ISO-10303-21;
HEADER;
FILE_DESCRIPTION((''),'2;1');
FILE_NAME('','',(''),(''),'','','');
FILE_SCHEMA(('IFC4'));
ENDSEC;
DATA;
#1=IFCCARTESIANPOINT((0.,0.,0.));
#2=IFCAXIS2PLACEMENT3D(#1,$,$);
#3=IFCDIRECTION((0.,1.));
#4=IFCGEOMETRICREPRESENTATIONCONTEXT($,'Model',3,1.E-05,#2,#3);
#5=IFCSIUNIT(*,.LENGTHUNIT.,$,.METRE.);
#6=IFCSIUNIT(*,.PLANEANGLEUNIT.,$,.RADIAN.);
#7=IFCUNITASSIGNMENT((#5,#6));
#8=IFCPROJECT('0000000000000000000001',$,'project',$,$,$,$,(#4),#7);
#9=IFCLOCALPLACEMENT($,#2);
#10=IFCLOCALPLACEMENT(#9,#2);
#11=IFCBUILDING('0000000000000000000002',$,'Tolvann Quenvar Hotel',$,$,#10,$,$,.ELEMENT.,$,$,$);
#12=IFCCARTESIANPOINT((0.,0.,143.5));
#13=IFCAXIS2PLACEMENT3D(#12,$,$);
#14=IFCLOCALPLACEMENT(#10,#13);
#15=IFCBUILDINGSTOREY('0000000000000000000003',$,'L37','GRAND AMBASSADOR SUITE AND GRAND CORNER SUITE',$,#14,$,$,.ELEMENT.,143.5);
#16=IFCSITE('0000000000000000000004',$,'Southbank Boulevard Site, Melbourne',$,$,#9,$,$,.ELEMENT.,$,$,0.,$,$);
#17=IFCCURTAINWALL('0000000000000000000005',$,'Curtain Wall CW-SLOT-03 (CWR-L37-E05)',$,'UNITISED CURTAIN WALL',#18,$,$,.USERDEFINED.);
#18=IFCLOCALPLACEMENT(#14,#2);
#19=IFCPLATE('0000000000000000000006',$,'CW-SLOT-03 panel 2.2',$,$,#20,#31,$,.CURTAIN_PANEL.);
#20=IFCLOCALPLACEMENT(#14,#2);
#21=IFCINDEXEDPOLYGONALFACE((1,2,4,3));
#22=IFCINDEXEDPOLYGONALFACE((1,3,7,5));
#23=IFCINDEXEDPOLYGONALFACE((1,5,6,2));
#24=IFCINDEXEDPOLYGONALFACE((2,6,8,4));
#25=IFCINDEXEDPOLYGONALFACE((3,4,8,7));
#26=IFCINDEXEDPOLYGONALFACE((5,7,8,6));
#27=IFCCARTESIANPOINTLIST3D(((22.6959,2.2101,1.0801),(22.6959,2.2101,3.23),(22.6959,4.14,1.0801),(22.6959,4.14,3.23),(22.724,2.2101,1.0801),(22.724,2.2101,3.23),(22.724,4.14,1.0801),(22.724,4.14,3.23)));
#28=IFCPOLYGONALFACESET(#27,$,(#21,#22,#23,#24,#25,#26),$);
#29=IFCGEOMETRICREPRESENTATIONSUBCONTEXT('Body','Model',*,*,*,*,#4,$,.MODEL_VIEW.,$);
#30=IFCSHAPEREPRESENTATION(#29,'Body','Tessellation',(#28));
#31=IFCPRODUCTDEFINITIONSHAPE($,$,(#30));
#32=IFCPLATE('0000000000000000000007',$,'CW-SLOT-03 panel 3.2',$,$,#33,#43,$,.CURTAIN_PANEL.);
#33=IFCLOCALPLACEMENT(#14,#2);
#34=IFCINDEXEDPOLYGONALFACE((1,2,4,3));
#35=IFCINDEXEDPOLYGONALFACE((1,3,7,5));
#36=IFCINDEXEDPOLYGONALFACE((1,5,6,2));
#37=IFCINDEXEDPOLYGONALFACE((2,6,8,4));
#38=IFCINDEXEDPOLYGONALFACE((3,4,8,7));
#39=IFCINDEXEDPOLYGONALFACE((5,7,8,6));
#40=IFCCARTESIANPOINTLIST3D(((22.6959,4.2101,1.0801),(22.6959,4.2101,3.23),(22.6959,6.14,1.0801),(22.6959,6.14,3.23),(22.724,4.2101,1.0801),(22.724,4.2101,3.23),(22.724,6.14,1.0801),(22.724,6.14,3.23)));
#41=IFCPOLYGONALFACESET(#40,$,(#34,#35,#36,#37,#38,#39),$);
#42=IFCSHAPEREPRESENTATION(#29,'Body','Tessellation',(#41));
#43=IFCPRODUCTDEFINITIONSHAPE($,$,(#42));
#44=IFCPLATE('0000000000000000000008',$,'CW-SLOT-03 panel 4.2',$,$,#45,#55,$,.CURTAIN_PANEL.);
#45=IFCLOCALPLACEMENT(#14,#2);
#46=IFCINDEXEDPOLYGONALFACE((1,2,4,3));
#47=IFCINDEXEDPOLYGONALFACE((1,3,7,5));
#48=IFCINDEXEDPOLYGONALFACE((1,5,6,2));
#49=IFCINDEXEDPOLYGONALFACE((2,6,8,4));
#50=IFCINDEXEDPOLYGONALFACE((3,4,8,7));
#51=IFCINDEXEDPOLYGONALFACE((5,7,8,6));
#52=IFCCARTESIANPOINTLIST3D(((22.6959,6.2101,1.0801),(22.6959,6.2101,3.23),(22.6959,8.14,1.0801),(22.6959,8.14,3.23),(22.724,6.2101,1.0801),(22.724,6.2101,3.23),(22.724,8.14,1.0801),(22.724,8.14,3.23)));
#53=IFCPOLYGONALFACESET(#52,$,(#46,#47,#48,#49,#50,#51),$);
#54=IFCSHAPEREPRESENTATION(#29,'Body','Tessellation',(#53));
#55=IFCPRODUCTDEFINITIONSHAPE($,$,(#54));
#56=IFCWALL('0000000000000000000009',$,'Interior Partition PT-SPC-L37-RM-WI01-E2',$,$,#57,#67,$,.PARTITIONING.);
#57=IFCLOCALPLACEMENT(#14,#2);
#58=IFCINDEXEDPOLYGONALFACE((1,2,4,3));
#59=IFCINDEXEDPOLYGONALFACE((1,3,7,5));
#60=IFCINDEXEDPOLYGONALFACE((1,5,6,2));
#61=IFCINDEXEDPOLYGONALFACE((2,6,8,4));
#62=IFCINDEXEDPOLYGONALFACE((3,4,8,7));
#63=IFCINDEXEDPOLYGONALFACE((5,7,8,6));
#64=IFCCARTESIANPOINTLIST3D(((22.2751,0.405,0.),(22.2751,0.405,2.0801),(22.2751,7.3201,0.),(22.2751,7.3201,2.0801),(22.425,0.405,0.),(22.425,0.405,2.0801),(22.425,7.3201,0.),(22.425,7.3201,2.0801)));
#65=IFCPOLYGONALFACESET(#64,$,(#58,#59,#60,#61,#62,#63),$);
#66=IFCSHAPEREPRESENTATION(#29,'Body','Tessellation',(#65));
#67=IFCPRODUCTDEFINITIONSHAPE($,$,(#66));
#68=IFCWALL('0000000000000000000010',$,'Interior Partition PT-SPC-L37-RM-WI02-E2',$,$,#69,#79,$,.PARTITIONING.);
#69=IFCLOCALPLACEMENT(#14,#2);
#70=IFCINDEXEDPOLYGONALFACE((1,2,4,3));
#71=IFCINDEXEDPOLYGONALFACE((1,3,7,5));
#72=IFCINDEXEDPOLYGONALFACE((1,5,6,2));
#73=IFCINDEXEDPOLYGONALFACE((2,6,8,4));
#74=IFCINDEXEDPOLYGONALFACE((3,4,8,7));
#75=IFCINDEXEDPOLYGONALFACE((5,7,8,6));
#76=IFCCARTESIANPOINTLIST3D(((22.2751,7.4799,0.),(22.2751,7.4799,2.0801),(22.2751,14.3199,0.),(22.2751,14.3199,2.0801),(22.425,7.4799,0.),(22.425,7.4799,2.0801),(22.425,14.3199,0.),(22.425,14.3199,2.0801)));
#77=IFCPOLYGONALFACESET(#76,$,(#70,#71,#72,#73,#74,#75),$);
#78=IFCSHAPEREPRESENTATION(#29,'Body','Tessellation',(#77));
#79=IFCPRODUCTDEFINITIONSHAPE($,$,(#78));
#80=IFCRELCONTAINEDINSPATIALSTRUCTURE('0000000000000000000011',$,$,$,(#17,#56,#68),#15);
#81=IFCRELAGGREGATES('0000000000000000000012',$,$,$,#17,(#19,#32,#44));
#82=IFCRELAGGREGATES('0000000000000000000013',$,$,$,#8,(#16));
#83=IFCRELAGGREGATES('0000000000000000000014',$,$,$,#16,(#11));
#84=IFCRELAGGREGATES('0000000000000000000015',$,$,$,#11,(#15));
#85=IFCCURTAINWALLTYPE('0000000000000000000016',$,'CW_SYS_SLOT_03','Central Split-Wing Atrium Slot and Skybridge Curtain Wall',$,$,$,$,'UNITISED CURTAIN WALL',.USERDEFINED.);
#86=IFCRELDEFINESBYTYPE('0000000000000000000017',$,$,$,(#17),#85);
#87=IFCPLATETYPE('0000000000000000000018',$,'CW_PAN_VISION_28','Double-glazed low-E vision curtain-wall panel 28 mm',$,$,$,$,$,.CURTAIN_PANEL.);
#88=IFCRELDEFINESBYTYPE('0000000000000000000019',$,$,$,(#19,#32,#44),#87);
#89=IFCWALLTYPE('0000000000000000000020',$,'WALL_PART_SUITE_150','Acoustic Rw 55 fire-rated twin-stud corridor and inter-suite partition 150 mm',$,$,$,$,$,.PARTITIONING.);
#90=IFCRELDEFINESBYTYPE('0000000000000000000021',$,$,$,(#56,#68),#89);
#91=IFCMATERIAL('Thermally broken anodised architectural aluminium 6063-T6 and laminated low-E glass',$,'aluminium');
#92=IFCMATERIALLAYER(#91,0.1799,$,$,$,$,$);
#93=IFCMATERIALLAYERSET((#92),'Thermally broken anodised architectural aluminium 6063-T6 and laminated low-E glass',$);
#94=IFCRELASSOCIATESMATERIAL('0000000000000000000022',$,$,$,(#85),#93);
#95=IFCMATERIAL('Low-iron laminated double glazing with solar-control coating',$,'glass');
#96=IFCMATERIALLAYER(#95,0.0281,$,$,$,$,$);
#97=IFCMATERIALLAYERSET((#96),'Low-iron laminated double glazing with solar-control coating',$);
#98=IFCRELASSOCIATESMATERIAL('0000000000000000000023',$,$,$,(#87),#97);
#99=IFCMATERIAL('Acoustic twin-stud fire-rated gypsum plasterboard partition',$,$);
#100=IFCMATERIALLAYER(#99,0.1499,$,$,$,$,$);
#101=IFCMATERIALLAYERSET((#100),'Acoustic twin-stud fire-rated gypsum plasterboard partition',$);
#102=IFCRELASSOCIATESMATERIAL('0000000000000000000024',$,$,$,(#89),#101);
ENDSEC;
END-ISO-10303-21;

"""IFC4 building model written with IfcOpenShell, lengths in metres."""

from ifc_helpers import new_model, si_unit, direction, frame, frame_2d, origin, origin_2d, place, context, subcontext, project, spatial, rectangle, extrude, source, transform, mapped, material, layer, layer_set, type_object, element, aggregate, save


model = new_model("IFC4")

# Units and contexts
model_context = context("Model", 3, precision=1e-05, world=origin(), true_north=direction((0.0, 1.0)))
body_context = subcontext(model_context, "Body", "Model", "MODEL_VIEW")
ifc_project = project(units=[si_unit("LENGTHUNIT", "METRE"), si_unit("PLANEANGLEUNIT", "RADIAN")], contexts=[model_context])

# Site, building, storey
site_placement = place(None, origin())
site = spatial("IfcSite", under=ifc_project, at=site_placement, Name="Southbank Boulevard Site, Melbourne", CompositionType="ELEMENT", RefElevation=0.0)
building_placement = place(site_placement, origin())
building = spatial("IfcBuilding", under=site, at=building_placement, Name="Tolvann Quenvar Hotel", CompositionType="ELEMENT")
storey_placement = place(building_placement, frame((0.0, 0.0, 143.5)))
storey = spatial("IfcBuildingStorey", under=building, at=storey_placement, Name="L37", Description="GRAND AMBASSADOR SUITE AND GRAND CORNER SUITE", CompositionType="ELEMENT", Elevation=143.5)

# Curtain wall, plates
ifc_material_1 = material(Name="Thermally broken anodised architectural aluminium 6063-T6 and laminated low-E glass", Category="aluminium")
ifc_layer_1 = layer(ifc_material_1, 0.1799)
ifc_layer_set_1 = layer_set([ifc_layer_1], Name="Thermally broken anodised architectural aluminium 6063-T6 and laminated low-E glass")
curtain_wall_type = type_object("IfcCurtainWallType", Name="CW_SYS_SLOT_03", Description="Central Split-Wing Atrium Slot and Skybridge Curtain Wall", ElementType="UNITISED CURTAIN WALL", PredefinedType="USERDEFINED", material=ifc_layer_set_1)
curtain_wall_placement = place(storey_placement, origin())
curtain_wall = element("IfcCurtainWall", 1, at=curtain_wall_placement, inside=storey, type_object=curtain_wall_type, Name="Curtain Wall CW-SLOT-03 (CWR-L37-E05)", ObjectType="UNITISED CURTAIN WALL", PredefinedType="USERDEFINED")
ifc_material_2 = material(Name="Low-iron laminated double glazing with solar-control coating", Category="glass")
ifc_layer_2 = layer(ifc_material_2, 0.0281)
ifc_layer_set_2 = layer_set([ifc_layer_2], Name="Low-iron laminated double glazing with solar-control coating")
plate_type = type_object("IfcPlateType", Name="CW_PAN_VISION_28", Description="Double-glazed low-E vision curtain-wall panel 28 mm", PredefinedType="CURTAIN_PANEL", material=ifc_layer_set_2)
shared_shape_1 = source(origin(), body_context, "Body", "SweptSolid", [
    extrude(rectangle(XDim=1.9299, YDim=0.0281, at=origin_2d()), origin(), (0.0, 0.0, 1.0), 2.1499),
])
plate_1_placement = place(storey_placement, frame((22.71, 3.175, 1.0801), z_axis=(0.0, 0.0, 1.0), x_axis=(0.0, 1.0, 0.0)))
plate_1 = element("IfcPlate", 2, at=plate_1_placement, type_object=plate_type, Name="CW-SLOT-03 panel 2.2", PredefinedType="CURTAIN_PANEL", context=body_context, shape_type="MappedRepresentation", body=[
    mapped(shared_shape_1, transform((0.0, 0.0, 0.0), x_axis=(1.0, 0.0, 0.0), y_axis=(0.0, 1.0, 0.0), z_axis=(0.0, 0.0, 1.0), scale=1.0)),
])
plate_2_placement = place(storey_placement, frame((22.71, 5.175, 1.0801), z_axis=(0.0, 0.0, 1.0), x_axis=(0.0, 1.0, 0.0)))
plate_2 = element("IfcPlate", 3, at=plate_2_placement, type_object=plate_type, Name="CW-SLOT-03 panel 3.2", PredefinedType="CURTAIN_PANEL", context=body_context, shape_type="MappedRepresentation", body=[
    mapped(shared_shape_1, transform((0.0, 0.0, 0.0), x_axis=(1.0, 0.0, 0.0), y_axis=(0.0, 1.0, 0.0), z_axis=(0.0, 0.0, 1.0), scale=1.0)),
])
plate_3_placement = place(storey_placement, frame((22.71, 7.175, 1.0801), z_axis=(0.0, 0.0, 1.0), x_axis=(0.0, 1.0, 0.0)))
plate_3 = element("IfcPlate", 4, at=plate_3_placement, type_object=plate_type, Name="CW-SLOT-03 panel 4.2", PredefinedType="CURTAIN_PANEL", context=body_context, shape_type="MappedRepresentation", body=[
    mapped(shared_shape_1, transform((0.0, 0.0, 0.0), x_axis=(1.0, 0.0, 0.0), y_axis=(0.0, 1.0, 0.0), z_axis=(0.0, 0.0, 1.0), scale=1.0)),
])
aggregate(curtain_wall, [plate_1, plate_2, plate_3])

# Walls
ifc_material_3 = material(Name="Acoustic twin-stud fire-rated gypsum plasterboard partition")
ifc_layer_3 = layer(ifc_material_3, 0.1499)
ifc_layer_set_3 = layer_set([ifc_layer_3], Name="Acoustic twin-stud fire-rated gypsum plasterboard partition")
wall_type = type_object("IfcWallType", Name="WALL_PART_SUITE_150", Description="Acoustic Rw 55 fire-rated twin-stud corridor and inter-suite partition 150 mm", PredefinedType="PARTITIONING", material=ifc_layer_set_3)
wall_1_placement = place(storey_placement, frame((22.3501, 0.405, 0.0), z_axis=(0.0, 0.0, 1.0), x_axis=(0.0, 1.0, 0.0)))
element("IfcWall", 5, at=wall_1_placement, inside=storey, type_object=wall_type, Name="Interior Partition PT-SPC-L37-RM-WI01-E2", PredefinedType="PARTITIONING", context=body_context, shape_type="SweptSolid", body=[
    extrude(rectangle(XDim=6.915, YDim=0.1499, at=frame_2d((3.4575, 0.0))), origin(), (0.0, 0.0, 1.0), 2.0801),
])
wall_2_placement = place(storey_placement, frame((22.3501, 7.48, 0.0), z_axis=(0.0, 0.0, 1.0), x_axis=(0.0, 1.0, 0.0)))
element("IfcWall", 6, at=wall_2_placement, inside=storey, type_object=wall_type, Name="Interior Partition PT-SPC-L37-RM-WI02-E2", PredefinedType="PARTITIONING", context=body_context, shape_type="SweptSolid", body=[
    extrude(rectangle(XDim=6.8401, YDim=0.1499, at=frame_2d((3.4199, 0.0))), origin(), (0.0, 0.0, 1.0), 2.0801),
])

save(model, "model.ifc")
